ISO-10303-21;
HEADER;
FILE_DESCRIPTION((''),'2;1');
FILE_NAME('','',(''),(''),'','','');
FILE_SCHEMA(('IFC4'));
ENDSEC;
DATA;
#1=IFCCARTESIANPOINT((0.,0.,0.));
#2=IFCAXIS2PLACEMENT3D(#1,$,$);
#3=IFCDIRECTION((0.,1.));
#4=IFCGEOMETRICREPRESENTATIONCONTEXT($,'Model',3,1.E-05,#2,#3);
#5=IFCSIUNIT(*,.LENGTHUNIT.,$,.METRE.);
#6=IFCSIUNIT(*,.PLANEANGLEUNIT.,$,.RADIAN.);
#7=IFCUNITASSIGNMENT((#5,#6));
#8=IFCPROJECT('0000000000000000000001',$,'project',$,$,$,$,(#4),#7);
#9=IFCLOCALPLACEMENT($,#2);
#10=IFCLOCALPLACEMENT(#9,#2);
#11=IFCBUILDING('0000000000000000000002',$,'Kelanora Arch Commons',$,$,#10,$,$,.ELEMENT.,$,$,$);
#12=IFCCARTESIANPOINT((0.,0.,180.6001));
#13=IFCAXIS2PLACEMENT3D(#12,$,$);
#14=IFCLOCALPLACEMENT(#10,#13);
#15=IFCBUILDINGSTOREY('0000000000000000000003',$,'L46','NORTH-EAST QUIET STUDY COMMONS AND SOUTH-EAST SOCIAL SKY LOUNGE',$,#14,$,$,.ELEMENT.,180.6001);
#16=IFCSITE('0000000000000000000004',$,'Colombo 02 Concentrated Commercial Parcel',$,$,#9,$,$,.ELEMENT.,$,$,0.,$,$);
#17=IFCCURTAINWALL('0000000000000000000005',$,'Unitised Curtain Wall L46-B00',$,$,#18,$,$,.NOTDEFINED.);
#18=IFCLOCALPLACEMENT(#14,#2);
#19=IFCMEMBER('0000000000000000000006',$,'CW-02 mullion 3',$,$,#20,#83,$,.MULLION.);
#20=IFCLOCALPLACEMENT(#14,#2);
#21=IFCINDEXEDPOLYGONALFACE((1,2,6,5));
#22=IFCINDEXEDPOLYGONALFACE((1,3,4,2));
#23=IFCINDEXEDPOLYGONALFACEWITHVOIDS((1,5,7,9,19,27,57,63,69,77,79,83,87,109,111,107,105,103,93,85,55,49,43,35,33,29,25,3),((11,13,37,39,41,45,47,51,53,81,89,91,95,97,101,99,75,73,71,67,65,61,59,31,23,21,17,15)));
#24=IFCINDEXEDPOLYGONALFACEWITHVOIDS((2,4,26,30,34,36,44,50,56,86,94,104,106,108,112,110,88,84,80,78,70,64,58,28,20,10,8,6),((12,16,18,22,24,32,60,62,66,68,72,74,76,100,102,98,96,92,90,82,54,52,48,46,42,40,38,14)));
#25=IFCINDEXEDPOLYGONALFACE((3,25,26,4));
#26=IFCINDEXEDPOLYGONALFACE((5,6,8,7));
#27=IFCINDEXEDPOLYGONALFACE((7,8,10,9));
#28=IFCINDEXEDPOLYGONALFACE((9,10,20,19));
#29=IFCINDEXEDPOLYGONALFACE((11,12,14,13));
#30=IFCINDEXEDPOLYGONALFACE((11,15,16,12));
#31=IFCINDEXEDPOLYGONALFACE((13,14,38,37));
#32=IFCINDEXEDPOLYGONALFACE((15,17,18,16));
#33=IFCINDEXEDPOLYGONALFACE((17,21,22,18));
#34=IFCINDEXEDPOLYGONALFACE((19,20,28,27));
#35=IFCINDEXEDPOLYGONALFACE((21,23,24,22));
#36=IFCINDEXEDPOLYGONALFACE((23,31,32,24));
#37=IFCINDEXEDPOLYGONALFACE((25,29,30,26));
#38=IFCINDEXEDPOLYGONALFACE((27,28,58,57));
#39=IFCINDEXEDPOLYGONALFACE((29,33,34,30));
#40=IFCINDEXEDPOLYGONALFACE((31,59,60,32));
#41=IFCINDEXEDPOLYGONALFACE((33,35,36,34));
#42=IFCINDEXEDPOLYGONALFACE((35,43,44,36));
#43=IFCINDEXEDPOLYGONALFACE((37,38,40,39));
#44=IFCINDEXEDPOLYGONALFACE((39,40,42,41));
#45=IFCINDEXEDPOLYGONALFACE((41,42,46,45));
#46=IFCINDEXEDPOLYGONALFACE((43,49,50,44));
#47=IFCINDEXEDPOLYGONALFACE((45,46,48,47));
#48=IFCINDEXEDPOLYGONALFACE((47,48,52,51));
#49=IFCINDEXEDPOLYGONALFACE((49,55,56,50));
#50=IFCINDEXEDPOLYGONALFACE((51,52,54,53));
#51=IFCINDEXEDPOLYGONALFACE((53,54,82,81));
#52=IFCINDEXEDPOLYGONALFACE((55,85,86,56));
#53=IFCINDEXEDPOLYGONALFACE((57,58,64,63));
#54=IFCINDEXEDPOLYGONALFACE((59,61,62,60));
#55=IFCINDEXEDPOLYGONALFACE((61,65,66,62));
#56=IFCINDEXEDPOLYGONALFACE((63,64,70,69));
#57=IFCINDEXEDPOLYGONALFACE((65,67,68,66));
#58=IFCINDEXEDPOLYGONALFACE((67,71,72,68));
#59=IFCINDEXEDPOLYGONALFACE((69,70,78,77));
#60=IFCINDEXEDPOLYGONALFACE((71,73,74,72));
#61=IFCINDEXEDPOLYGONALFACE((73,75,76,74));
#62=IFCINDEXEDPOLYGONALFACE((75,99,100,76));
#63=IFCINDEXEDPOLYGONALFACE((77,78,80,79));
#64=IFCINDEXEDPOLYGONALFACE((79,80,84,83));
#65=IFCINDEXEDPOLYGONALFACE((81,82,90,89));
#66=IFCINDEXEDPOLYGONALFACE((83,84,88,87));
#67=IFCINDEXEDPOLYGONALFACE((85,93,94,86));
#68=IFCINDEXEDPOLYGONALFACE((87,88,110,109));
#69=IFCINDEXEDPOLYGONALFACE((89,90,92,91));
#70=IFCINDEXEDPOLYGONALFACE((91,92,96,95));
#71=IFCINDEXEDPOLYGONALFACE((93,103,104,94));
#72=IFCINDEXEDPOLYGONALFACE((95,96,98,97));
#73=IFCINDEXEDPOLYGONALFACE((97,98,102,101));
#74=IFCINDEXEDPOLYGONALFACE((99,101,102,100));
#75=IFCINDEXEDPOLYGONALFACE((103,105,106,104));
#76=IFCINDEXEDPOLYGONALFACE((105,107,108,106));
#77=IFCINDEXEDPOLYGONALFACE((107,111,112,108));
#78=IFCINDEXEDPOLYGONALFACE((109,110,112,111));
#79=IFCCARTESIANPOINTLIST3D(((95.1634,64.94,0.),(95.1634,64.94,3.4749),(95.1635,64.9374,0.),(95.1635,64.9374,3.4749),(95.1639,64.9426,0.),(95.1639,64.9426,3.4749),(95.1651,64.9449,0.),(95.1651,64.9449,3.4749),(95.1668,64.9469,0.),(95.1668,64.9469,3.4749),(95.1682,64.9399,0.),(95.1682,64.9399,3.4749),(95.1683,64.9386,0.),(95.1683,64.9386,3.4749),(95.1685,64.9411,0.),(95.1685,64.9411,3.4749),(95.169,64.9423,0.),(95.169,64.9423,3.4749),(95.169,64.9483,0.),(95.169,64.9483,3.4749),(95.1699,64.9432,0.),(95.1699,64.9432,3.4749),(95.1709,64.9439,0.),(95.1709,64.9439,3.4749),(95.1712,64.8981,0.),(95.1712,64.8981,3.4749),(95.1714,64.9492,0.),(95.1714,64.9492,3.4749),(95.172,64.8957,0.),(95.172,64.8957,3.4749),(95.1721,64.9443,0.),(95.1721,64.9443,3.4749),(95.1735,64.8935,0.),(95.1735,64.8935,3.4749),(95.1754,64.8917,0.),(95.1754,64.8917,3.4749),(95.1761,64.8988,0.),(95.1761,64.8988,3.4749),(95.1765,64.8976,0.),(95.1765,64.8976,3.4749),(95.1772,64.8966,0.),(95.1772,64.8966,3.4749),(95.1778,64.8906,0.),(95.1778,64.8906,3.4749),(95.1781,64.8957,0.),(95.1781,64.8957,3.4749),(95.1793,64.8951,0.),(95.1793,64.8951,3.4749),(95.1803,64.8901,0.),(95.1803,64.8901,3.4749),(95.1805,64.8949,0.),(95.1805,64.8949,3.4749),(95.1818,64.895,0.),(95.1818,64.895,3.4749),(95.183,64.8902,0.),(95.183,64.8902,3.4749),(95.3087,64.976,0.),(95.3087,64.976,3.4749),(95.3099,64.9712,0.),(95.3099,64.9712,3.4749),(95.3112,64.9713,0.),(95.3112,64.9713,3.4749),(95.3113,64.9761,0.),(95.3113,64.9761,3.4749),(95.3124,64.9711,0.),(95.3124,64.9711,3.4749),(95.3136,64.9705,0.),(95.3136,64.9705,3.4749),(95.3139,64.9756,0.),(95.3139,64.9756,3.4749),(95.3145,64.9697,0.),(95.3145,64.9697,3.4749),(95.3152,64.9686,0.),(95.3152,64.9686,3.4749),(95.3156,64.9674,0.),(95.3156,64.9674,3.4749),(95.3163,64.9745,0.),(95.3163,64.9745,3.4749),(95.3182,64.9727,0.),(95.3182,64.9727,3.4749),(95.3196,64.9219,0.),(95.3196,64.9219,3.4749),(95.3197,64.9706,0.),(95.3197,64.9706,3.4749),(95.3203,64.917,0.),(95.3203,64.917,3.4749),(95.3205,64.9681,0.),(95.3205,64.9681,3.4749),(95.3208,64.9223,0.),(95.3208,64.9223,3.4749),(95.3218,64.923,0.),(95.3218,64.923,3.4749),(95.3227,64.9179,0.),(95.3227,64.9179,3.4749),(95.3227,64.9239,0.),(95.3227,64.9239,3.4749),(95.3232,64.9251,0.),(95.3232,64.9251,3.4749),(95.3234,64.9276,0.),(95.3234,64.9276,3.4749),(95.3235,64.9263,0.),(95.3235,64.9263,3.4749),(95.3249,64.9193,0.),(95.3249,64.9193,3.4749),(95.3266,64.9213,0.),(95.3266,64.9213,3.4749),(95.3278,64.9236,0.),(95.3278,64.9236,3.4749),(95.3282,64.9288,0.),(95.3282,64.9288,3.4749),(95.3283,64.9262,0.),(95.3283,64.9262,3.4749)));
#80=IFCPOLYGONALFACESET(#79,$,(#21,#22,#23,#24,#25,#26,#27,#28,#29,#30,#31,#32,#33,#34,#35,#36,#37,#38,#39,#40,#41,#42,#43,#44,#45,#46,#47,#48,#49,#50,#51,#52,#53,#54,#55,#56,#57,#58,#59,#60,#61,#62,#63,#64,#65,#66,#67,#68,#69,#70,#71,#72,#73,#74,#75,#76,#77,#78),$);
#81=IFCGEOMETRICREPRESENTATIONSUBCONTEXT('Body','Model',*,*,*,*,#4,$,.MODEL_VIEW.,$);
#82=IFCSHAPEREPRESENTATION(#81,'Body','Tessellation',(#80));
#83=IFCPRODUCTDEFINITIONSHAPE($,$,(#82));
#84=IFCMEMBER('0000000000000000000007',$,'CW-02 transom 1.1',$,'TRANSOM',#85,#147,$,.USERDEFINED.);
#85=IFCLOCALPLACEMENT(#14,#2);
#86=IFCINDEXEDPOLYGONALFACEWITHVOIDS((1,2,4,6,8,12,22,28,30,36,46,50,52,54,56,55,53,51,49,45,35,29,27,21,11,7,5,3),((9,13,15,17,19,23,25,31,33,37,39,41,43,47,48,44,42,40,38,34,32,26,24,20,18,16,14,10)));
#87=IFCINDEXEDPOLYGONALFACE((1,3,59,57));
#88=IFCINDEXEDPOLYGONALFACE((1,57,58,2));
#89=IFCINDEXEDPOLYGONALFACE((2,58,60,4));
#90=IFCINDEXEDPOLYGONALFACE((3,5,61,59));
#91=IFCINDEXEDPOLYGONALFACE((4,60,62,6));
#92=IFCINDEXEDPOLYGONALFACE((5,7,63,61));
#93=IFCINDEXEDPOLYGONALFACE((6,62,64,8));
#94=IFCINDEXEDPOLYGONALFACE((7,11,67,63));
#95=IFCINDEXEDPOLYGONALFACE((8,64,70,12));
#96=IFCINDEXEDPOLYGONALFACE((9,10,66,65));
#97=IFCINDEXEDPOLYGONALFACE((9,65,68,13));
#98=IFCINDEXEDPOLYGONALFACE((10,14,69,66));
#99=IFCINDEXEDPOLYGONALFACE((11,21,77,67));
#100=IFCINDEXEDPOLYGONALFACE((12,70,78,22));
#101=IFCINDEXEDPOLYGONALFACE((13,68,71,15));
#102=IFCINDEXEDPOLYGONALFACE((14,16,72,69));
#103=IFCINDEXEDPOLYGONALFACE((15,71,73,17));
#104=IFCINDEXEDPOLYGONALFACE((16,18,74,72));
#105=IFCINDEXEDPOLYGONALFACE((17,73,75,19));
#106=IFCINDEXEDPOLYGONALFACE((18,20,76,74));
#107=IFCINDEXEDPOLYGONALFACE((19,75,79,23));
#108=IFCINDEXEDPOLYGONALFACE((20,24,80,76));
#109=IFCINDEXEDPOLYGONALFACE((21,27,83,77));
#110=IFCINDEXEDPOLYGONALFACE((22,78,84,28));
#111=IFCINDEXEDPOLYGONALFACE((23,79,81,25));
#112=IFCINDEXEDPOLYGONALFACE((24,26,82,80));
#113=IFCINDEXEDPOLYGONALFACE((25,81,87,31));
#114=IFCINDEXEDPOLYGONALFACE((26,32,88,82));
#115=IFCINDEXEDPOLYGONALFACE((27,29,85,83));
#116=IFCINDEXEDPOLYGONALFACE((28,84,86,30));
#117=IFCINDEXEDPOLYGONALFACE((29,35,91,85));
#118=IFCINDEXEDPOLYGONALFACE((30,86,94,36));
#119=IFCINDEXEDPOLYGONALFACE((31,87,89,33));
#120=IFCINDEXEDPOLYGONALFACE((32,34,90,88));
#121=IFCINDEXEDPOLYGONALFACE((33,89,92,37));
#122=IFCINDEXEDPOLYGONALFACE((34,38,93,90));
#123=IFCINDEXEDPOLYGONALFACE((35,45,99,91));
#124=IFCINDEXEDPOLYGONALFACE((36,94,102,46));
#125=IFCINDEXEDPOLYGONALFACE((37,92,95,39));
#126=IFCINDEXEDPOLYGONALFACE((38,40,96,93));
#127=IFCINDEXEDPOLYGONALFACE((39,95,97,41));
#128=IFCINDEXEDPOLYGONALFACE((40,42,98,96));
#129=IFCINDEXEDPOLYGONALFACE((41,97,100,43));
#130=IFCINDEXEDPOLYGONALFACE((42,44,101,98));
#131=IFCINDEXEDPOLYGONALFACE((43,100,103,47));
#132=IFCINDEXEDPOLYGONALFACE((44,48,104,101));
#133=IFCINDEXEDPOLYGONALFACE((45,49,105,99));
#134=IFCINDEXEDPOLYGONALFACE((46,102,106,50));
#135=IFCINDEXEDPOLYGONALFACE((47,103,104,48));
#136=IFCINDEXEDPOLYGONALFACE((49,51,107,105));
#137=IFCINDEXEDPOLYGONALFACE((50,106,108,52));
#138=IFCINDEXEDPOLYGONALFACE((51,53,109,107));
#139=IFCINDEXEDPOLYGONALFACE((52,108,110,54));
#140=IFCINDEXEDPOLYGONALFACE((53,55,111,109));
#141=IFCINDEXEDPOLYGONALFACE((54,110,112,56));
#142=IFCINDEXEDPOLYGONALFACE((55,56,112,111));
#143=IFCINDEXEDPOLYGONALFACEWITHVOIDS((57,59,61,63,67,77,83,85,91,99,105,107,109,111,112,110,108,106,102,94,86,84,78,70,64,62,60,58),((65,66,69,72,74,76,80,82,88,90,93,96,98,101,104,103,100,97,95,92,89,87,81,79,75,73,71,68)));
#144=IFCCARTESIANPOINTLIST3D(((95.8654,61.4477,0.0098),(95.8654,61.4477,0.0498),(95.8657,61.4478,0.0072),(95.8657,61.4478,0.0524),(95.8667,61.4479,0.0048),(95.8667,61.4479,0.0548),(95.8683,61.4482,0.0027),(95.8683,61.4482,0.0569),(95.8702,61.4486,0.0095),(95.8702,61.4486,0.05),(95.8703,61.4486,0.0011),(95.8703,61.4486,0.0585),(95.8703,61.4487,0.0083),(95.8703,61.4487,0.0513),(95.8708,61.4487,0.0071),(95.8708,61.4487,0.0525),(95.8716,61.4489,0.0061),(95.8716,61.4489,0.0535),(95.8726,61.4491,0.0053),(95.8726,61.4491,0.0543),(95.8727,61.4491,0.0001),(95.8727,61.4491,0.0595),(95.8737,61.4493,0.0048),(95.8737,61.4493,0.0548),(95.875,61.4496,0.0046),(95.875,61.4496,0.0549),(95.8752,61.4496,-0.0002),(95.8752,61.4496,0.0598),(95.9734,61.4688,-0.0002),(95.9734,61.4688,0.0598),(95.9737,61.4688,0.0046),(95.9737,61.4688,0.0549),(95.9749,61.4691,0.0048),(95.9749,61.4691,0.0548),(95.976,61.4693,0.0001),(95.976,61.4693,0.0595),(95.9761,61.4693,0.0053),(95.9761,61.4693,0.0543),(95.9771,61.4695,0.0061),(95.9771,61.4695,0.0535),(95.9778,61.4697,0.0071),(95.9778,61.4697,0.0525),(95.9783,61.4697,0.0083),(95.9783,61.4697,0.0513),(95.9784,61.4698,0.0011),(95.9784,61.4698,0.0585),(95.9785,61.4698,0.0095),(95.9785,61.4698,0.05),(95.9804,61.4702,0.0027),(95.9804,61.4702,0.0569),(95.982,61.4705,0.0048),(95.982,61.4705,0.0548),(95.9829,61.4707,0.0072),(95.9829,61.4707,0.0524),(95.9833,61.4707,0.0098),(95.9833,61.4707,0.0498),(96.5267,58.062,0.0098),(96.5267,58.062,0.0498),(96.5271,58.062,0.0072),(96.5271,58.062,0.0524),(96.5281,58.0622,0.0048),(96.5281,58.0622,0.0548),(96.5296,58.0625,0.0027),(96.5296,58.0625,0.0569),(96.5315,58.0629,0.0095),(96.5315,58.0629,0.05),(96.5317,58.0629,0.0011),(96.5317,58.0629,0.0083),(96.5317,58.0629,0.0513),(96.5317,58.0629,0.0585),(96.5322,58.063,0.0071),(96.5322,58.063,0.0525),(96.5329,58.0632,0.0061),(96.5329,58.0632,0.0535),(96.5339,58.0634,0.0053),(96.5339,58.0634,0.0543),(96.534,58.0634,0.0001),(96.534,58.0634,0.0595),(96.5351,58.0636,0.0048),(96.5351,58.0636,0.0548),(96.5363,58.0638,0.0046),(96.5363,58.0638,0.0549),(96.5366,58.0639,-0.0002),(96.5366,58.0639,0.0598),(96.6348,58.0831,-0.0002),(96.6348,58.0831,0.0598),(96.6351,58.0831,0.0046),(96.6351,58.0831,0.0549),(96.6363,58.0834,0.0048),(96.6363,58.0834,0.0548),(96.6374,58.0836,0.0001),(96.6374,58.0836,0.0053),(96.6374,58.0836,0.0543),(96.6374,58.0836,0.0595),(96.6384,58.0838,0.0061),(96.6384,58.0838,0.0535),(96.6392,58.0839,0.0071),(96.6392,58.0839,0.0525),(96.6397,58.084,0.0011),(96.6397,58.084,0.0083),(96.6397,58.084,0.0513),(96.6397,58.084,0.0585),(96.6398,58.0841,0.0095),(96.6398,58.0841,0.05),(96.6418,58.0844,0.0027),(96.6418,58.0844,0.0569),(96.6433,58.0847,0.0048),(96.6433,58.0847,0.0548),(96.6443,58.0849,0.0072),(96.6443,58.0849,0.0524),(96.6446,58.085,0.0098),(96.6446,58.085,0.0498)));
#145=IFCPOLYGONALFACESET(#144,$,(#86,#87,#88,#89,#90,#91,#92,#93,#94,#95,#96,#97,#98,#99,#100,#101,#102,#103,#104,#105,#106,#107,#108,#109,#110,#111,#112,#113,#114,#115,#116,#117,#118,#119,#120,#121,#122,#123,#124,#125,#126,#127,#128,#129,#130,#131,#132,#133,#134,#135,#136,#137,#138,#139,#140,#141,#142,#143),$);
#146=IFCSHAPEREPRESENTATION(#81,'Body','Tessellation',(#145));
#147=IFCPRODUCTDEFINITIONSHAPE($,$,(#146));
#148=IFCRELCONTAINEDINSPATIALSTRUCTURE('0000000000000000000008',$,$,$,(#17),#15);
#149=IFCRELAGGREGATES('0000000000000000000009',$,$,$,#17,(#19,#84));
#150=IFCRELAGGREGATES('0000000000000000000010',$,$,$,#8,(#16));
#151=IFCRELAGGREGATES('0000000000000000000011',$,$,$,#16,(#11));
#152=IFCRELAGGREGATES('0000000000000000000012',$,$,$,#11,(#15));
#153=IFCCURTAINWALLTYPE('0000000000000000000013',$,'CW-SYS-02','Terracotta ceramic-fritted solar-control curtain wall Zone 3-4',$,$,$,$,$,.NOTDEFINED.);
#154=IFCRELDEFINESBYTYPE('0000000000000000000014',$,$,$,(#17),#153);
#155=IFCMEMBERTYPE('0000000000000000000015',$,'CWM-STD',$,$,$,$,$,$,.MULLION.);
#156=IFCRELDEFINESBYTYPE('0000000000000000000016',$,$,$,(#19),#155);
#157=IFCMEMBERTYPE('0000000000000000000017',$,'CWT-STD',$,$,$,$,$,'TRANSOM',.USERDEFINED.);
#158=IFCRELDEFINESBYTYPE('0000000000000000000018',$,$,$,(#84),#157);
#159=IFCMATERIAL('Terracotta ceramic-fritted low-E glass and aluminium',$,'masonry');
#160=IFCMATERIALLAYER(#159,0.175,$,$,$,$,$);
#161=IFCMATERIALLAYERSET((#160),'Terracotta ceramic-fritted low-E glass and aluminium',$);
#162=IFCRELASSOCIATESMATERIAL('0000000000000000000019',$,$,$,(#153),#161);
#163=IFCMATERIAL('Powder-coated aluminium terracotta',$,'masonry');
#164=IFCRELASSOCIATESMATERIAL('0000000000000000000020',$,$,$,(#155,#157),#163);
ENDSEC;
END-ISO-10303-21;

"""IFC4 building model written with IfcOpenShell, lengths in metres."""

from ifc_helpers import new_model, si_unit, direction, frame, origin, origin_2d, place, context, subcontext, project, spatial, hollow_rectangle, extrude, material, layer, layer_set, material_profile, profile_set, type_object, element, aggregate, save


model = new_model("IFC4")

# Units and contexts
model_context = context("Model", 3, precision=1e-05, world=origin(), true_north=direction((0.0, 1.0)))
body_context = subcontext(model_context, "Body", "Model", "MODEL_VIEW")
ifc_project = project(units=[si_unit("LENGTHUNIT", "METRE"), si_unit("PLANEANGLEUNIT", "RADIAN")], contexts=[model_context])

# Site, building, storey
site_placement = place(None, origin())
site = spatial("IfcSite", under=ifc_project, at=site_placement, Name="Colombo 02 Concentrated Commercial Parcel", CompositionType="ELEMENT", RefElevation=0.0)
building_placement = place(site_placement, origin())
building = spatial("IfcBuilding", under=site, at=building_placement, Name="Kelanora Arch Commons", CompositionType="ELEMENT")
storey_placement = place(building_placement, frame((0.0, 0.0, 180.6001)))
storey = spatial("IfcBuildingStorey", under=building, at=storey_placement, Name="L46", Description="NORTH-EAST QUIET STUDY COMMONS AND SOUTH-EAST SOCIAL SKY LOUNGE", CompositionType="ELEMENT", Elevation=180.6001)

# Curtain wall, members
ifc_material_1 = material(Name="Terracotta ceramic-fritted low-E glass and aluminium", Category="masonry")
ifc_layer_1 = layer(ifc_material_1, 0.175)
ifc_layer_set_1 = layer_set([ifc_layer_1], Name="Terracotta ceramic-fritted low-E glass and aluminium")
curtain_wall_type = type_object("IfcCurtainWallType", Name="CW-SYS-02", Description="Terracotta ceramic-fritted solar-control curtain wall Zone 3-4", PredefinedType="NOTDEFINED", material=ifc_layer_set_1)
curtain_wall_placement = place(storey_placement, origin())
curtain_wall = element("IfcCurtainWall", 1, at=curtain_wall_placement, inside=storey, type_object=curtain_wall_type, Name="Unitised Curtain Wall L46-B00", PredefinedType="NOTDEFINED")
ifc_material_2 = material(Name="Powder-coated aluminium terracotta", Category="masonry")
ifc_material_profile_1 = material_profile(ifc_material_2, hollow_rectangle(XDim=0.1599, YDim=0.0601, WallThickness=0.0049, InnerFilletRadius=0.0049, OuterFilletRadius=0.01, at=origin_2d()), Name="CWM160x60")
ifc_profile_set_1 = profile_set([ifc_material_profile_1], Name="Powder-coated aluminium terracotta")
member_type_1 = type_object("IfcMemberType", Name="CWM-STD", PredefinedType="MULLION", material=ifc_profile_set_1)
member_1_placement = place(storey_placement, frame((95.2458, 64.9331, 0.0), z_axis=(0.0, 0.0, 1.0), x_axis=(-0.981453, -0.191705, 0.0)))
member_1 = element("IfcMember", 2, at=member_1_placement, type_object=member_type_1, Name="CW-02 mullion 3", PredefinedType="MULLION", context=body_context, shape_type="SweptSolid", body=[
    extrude(hollow_rectangle(XDim=0.1599, YDim=0.0601, WallThickness=0.0049, InnerFilletRadius=0.0049, OuterFilletRadius=0.01, at=origin_2d()), origin(), (0.0, 0.0, 1.0), 3.4749),
])
ifc_material_profile_2 = material_profile(ifc_material_2, hollow_rectangle(XDim=0.1201, YDim=0.0601, WallThickness=0.0049, InnerFilletRadius=0.0049, OuterFilletRadius=0.01, at=origin_2d()), Name="CWT120x60")
ifc_profile_set_2 = profile_set([ifc_material_profile_2], Name="Powder-coated aluminium terracotta")
member_type_2 = type_object("IfcMemberType", Name="CWT-STD", ElementType="TRANSOM", PredefinedType="USERDEFINED", material=ifc_profile_set_2)
member_2_placement = place(storey_placement, frame((96.5857, 58.0735, 0.0298), z_axis=(-0.191718, 0.98145, 0.0), x_axis=(-0.98145, -0.191718, 0.0)))
member_2 = element("IfcMember", 3, at=member_2_placement, type_object=member_type_2, Name="CW-02 transom 1.1", ObjectType="TRANSOM", PredefinedType="USERDEFINED", context=body_context, shape_type="SweptSolid", body=[
    extrude(hollow_rectangle(XDim=0.1201, YDim=0.0601, WallThickness=0.0049, InnerFilletRadius=0.0049, OuterFilletRadius=0.01, at=origin_2d()), origin(), (0.0, 0.0, 1.0), 3.4497),
])
aggregate(curtain_wall, [member_1, member_2])

save(model, "model.ifc")
